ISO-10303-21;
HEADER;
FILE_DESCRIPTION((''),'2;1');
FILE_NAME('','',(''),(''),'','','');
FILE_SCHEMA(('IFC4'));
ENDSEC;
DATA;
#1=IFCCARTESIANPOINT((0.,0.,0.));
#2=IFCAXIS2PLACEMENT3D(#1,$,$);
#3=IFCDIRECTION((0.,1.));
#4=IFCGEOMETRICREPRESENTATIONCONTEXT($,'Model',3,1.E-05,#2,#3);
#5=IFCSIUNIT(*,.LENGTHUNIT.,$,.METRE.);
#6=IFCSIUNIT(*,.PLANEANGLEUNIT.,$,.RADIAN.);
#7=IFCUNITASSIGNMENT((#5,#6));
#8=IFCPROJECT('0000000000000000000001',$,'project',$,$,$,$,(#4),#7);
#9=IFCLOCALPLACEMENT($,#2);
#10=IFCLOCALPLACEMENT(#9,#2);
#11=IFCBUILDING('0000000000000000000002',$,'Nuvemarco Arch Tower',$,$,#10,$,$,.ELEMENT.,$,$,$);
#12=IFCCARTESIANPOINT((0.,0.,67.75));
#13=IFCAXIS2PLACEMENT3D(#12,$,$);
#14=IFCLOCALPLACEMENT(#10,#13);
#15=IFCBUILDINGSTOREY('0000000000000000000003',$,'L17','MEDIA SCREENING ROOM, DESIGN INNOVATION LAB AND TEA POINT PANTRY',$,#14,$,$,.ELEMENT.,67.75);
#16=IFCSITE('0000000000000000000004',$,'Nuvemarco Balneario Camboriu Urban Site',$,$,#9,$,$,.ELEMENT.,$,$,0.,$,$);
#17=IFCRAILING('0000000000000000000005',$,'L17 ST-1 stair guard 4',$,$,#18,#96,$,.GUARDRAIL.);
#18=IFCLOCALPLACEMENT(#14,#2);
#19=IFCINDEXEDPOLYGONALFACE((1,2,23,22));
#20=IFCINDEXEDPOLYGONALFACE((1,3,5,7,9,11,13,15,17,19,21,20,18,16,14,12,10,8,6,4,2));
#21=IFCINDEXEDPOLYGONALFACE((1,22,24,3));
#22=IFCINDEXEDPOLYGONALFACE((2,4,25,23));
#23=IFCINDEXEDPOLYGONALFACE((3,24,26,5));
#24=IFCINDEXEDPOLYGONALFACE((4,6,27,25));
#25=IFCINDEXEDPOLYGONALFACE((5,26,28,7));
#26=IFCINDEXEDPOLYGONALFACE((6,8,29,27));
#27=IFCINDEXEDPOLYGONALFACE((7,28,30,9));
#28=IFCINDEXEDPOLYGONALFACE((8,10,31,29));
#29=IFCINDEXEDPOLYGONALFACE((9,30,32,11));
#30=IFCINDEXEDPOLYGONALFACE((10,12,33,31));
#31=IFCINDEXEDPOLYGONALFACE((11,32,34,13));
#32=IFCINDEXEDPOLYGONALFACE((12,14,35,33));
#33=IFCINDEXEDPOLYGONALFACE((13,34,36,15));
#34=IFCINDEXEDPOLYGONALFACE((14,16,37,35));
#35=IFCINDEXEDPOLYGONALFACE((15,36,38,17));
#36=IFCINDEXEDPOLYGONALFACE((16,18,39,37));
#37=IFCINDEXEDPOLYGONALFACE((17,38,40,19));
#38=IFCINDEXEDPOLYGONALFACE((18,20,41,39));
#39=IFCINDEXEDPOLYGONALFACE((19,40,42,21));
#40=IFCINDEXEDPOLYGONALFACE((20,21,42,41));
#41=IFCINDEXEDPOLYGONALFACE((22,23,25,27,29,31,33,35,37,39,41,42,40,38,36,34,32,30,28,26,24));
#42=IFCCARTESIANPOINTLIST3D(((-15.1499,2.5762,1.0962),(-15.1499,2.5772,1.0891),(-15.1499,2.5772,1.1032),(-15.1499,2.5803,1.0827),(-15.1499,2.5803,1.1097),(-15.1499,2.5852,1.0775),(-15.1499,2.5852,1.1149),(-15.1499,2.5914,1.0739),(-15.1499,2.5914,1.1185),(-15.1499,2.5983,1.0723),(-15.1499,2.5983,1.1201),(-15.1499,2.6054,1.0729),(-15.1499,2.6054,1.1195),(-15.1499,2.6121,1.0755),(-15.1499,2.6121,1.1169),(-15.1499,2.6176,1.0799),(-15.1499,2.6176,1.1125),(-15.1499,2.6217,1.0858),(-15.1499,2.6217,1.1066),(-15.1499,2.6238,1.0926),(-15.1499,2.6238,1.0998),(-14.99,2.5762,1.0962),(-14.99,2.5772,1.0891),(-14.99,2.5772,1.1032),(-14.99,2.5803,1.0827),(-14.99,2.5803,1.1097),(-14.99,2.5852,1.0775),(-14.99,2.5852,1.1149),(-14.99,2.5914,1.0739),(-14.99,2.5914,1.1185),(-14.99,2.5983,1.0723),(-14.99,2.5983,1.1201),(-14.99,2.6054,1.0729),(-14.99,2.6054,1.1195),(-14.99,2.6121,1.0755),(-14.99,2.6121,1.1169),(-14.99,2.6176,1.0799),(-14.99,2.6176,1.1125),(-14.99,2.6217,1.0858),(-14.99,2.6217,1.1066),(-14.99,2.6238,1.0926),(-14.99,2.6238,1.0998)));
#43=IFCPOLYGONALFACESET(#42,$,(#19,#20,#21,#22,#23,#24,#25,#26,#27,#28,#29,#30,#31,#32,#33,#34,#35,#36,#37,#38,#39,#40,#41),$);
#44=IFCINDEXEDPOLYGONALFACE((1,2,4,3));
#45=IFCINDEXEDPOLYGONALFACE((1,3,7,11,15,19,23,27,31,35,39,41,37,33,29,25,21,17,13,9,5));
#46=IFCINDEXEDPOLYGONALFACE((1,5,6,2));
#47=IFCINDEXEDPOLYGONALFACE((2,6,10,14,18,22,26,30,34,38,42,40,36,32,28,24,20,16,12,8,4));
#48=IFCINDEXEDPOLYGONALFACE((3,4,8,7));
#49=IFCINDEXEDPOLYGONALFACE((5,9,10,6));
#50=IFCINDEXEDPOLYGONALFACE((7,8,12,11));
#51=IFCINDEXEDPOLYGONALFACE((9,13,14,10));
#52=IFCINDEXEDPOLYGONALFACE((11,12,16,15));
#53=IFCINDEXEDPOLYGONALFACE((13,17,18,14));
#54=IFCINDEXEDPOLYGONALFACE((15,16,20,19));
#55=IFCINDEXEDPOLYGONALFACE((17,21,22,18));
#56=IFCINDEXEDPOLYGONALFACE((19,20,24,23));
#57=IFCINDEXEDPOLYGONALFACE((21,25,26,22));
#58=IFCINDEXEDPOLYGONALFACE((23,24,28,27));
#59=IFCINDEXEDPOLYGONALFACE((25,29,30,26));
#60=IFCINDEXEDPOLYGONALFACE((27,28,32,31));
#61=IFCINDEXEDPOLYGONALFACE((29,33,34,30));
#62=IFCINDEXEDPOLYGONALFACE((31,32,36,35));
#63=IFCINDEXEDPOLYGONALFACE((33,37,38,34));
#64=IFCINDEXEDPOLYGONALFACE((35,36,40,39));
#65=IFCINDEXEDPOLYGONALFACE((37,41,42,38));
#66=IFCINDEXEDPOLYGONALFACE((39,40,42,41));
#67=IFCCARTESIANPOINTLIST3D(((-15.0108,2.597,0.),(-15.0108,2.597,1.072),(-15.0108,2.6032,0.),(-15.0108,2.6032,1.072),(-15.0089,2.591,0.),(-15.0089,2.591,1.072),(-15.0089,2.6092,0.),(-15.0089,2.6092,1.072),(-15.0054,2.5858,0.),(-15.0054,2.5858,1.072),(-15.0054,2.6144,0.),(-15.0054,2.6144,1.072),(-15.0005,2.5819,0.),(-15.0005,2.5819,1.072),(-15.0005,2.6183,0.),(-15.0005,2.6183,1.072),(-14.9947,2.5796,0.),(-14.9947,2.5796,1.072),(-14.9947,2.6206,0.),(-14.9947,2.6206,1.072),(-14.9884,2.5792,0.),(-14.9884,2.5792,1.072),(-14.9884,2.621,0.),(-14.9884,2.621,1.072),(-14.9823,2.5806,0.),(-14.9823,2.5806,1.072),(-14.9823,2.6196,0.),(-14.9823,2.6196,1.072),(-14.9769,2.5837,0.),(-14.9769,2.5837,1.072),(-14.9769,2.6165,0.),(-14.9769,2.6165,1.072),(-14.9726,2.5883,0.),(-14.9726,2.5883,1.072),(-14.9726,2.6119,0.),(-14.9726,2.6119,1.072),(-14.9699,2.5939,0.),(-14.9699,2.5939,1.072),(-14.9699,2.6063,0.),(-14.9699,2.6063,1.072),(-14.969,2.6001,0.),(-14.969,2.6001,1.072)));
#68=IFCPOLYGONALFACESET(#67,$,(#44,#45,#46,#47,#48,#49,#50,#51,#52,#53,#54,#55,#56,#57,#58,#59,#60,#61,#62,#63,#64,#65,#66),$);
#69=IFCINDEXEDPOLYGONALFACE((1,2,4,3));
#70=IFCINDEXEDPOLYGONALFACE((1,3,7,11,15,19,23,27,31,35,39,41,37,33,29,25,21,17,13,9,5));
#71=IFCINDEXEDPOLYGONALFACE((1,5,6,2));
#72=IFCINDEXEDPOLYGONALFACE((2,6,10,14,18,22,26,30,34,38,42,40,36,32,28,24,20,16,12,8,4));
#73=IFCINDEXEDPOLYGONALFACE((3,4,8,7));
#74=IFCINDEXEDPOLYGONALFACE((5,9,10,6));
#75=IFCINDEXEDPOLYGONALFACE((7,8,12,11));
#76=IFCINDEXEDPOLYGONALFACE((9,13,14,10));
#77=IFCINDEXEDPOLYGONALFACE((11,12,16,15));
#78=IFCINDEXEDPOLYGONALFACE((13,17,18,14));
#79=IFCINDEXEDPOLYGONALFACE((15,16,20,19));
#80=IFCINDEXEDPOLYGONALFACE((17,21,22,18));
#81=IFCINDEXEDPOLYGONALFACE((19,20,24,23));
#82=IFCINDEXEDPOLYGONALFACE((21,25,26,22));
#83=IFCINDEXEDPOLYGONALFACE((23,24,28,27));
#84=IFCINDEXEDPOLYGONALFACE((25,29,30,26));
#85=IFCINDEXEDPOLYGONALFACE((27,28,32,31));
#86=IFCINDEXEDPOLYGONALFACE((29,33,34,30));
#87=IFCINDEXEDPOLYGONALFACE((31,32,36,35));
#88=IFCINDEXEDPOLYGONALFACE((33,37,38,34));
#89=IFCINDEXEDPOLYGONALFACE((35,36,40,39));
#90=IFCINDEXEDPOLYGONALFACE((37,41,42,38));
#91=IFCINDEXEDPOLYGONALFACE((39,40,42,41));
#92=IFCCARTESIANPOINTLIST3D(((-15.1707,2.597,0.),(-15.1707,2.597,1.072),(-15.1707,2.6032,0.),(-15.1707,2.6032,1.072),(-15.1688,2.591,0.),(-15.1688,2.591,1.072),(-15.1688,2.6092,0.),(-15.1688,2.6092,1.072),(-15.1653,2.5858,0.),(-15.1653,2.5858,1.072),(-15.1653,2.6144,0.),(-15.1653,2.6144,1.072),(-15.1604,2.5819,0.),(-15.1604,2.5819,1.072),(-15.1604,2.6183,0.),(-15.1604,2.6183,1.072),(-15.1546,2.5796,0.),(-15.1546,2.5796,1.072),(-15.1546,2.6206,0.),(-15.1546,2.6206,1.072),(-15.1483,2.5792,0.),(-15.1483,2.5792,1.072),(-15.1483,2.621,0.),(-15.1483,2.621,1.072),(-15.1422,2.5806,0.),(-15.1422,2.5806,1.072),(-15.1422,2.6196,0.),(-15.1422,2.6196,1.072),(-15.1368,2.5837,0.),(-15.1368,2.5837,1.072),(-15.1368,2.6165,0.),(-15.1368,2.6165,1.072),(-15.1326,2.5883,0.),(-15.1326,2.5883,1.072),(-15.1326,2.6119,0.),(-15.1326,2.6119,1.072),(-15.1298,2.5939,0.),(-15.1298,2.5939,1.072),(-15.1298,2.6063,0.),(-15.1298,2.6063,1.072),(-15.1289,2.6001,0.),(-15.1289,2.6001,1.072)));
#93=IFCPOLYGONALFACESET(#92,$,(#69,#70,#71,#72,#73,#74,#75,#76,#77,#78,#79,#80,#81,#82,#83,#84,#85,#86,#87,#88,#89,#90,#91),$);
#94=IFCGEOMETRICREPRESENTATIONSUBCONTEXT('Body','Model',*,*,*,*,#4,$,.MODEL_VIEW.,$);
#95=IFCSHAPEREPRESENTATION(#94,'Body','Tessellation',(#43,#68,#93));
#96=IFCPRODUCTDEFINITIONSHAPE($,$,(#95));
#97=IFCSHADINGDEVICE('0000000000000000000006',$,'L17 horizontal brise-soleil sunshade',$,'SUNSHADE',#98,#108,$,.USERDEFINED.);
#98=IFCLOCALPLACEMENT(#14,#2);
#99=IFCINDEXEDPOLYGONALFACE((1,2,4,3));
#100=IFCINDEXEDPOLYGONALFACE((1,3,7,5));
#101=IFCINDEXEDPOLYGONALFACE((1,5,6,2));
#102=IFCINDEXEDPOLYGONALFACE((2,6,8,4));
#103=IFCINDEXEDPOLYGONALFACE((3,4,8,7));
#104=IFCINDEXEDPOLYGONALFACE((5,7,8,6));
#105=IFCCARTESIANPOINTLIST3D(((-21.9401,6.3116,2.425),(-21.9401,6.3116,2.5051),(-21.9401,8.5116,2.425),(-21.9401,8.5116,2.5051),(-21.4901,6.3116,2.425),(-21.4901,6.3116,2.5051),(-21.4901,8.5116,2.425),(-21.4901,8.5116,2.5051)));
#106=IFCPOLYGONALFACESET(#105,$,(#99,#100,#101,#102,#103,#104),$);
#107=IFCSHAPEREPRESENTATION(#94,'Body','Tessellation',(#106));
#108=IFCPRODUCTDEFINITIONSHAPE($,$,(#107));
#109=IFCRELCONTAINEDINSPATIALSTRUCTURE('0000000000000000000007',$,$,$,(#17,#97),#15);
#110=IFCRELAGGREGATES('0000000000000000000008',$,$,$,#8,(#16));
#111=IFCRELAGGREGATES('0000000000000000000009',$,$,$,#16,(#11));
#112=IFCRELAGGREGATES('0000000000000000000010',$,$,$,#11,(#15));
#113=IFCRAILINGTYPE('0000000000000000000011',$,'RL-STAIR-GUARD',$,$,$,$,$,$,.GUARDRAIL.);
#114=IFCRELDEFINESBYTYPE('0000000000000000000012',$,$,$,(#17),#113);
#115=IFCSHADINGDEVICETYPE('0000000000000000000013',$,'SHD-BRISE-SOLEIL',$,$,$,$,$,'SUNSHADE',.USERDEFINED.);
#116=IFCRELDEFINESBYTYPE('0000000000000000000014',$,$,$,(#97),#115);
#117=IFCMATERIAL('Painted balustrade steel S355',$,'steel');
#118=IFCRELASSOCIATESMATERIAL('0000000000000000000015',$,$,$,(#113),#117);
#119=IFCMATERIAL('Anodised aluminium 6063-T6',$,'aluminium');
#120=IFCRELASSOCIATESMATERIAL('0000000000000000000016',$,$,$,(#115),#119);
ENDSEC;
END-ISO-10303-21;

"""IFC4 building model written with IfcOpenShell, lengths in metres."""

from ifc_helpers import new_model, si_unit, direction, frame, origin, origin_2d, place, context, subcontext, project, spatial, rectangle, circle, extrude, source, transform, mapped, material, type_object, type_shapes, element, save


model = new_model("IFC4")

# Units and contexts
model_context = context("Model", 3, precision=1e-05, world=origin(), true_north=direction((0.0, 1.0)))
body_context = subcontext(model_context, "Body", "Model", "MODEL_VIEW")
ifc_project = project(units=[si_unit("LENGTHUNIT", "METRE"), si_unit("PLANEANGLEUNIT", "RADIAN")], contexts=[model_context])

# Site, building, storey
site_placement = place(None, origin())
site = spatial("IfcSite", under=ifc_project, at=site_placement, Name="Nuvemarco Balneario Camboriu Urban Site", CompositionType="ELEMENT", RefElevation=0.0)
building_placement = place(site_placement, origin())
building = spatial("IfcBuilding", under=site, at=building_placement, Name="Nuvemarco Arch Tower", CompositionType="ELEMENT")
storey_placement = place(building_placement, frame((0.0, 0.0, 67.75)))
storey = spatial("IfcBuildingStorey", under=building, at=storey_placement, Name="L17", Description="MEDIA SCREENING ROOM, DESIGN INNOVATION LAB AND TEA POINT PANTRY", CompositionType="ELEMENT", Elevation=67.75)

# Railing
ifc_material_1 = material(Name="Painted balustrade steel S355", Category="steel")
railing_type_1 = type_object("IfcRailingType", Name="RL-STAIR-GUARD", PredefinedType="GUARDRAIL", material=ifc_material_1)
railing_1_placement = place(storey_placement, frame((-14.99, 2.6001, 0.0)))
element("IfcRailing", 1, at=railing_1_placement, inside=storey, type_object=railing_type_1, Name="L17 ST-1 stair guard 4", PredefinedType="GUARDRAIL", context=body_context, shape_type="SweptSolid", body=[
    extrude(circle(Radius=0.0239, at=origin_2d()), frame((0.0, 0.0, 1.0962), z_axis=(-1.0, 0.0, 0.0), x_axis=(0.0, -1.0, 0.0)), (0.0, 0.0, 1.0), 0.1599),
    extrude(circle(Radius=0.021, at=origin_2d()), origin(), (0.0, 0.0, 1.0), 1.072),
    extrude(circle(Radius=0.021, at=origin_2d()), frame((-0.1599, 0.0, 0.0)), (0.0, 0.0, 1.0), 1.072),
])

# Shading device
ifc_material_2 = material(Name="Anodised aluminium 6063-T6", Category="aluminium")
shading_device_type = type_object("IfcShadingDeviceType", Name="SHD-BRISE-SOLEIL", ElementType="SUNSHADE", PredefinedType="USERDEFINED", material=ifc_material_2)
shared_shape = source(origin(), body_context, "Body", "SweptSolid", [
    extrude(rectangle(XDim=2.2, YDim=0.45, at=origin_2d()), origin(), (0.0, 0.0, 1.0), 0.0801),
])
type_shapes(shading_device_type, [shared_shape])
shading_device_placement = place(storey_placement, frame((-21.7151, 7.4116, 2.425), z_axis=(0.0, 0.0, 1.0), x_axis=(0.0, 1.0, 0.0)))
element("IfcShadingDevice", 2, at=shading_device_placement, inside=storey, type_object=shading_device_type, Name="L17 horizontal brise-soleil sunshade", ObjectType="SUNSHADE", PredefinedType="USERDEFINED", context=body_context, shape_type="MappedRepresentation", body=[
    mapped(shared_shape, transform((0.0, 0.0, 0.0), scale=1.0)),
])

save(model, "model.ifc")
